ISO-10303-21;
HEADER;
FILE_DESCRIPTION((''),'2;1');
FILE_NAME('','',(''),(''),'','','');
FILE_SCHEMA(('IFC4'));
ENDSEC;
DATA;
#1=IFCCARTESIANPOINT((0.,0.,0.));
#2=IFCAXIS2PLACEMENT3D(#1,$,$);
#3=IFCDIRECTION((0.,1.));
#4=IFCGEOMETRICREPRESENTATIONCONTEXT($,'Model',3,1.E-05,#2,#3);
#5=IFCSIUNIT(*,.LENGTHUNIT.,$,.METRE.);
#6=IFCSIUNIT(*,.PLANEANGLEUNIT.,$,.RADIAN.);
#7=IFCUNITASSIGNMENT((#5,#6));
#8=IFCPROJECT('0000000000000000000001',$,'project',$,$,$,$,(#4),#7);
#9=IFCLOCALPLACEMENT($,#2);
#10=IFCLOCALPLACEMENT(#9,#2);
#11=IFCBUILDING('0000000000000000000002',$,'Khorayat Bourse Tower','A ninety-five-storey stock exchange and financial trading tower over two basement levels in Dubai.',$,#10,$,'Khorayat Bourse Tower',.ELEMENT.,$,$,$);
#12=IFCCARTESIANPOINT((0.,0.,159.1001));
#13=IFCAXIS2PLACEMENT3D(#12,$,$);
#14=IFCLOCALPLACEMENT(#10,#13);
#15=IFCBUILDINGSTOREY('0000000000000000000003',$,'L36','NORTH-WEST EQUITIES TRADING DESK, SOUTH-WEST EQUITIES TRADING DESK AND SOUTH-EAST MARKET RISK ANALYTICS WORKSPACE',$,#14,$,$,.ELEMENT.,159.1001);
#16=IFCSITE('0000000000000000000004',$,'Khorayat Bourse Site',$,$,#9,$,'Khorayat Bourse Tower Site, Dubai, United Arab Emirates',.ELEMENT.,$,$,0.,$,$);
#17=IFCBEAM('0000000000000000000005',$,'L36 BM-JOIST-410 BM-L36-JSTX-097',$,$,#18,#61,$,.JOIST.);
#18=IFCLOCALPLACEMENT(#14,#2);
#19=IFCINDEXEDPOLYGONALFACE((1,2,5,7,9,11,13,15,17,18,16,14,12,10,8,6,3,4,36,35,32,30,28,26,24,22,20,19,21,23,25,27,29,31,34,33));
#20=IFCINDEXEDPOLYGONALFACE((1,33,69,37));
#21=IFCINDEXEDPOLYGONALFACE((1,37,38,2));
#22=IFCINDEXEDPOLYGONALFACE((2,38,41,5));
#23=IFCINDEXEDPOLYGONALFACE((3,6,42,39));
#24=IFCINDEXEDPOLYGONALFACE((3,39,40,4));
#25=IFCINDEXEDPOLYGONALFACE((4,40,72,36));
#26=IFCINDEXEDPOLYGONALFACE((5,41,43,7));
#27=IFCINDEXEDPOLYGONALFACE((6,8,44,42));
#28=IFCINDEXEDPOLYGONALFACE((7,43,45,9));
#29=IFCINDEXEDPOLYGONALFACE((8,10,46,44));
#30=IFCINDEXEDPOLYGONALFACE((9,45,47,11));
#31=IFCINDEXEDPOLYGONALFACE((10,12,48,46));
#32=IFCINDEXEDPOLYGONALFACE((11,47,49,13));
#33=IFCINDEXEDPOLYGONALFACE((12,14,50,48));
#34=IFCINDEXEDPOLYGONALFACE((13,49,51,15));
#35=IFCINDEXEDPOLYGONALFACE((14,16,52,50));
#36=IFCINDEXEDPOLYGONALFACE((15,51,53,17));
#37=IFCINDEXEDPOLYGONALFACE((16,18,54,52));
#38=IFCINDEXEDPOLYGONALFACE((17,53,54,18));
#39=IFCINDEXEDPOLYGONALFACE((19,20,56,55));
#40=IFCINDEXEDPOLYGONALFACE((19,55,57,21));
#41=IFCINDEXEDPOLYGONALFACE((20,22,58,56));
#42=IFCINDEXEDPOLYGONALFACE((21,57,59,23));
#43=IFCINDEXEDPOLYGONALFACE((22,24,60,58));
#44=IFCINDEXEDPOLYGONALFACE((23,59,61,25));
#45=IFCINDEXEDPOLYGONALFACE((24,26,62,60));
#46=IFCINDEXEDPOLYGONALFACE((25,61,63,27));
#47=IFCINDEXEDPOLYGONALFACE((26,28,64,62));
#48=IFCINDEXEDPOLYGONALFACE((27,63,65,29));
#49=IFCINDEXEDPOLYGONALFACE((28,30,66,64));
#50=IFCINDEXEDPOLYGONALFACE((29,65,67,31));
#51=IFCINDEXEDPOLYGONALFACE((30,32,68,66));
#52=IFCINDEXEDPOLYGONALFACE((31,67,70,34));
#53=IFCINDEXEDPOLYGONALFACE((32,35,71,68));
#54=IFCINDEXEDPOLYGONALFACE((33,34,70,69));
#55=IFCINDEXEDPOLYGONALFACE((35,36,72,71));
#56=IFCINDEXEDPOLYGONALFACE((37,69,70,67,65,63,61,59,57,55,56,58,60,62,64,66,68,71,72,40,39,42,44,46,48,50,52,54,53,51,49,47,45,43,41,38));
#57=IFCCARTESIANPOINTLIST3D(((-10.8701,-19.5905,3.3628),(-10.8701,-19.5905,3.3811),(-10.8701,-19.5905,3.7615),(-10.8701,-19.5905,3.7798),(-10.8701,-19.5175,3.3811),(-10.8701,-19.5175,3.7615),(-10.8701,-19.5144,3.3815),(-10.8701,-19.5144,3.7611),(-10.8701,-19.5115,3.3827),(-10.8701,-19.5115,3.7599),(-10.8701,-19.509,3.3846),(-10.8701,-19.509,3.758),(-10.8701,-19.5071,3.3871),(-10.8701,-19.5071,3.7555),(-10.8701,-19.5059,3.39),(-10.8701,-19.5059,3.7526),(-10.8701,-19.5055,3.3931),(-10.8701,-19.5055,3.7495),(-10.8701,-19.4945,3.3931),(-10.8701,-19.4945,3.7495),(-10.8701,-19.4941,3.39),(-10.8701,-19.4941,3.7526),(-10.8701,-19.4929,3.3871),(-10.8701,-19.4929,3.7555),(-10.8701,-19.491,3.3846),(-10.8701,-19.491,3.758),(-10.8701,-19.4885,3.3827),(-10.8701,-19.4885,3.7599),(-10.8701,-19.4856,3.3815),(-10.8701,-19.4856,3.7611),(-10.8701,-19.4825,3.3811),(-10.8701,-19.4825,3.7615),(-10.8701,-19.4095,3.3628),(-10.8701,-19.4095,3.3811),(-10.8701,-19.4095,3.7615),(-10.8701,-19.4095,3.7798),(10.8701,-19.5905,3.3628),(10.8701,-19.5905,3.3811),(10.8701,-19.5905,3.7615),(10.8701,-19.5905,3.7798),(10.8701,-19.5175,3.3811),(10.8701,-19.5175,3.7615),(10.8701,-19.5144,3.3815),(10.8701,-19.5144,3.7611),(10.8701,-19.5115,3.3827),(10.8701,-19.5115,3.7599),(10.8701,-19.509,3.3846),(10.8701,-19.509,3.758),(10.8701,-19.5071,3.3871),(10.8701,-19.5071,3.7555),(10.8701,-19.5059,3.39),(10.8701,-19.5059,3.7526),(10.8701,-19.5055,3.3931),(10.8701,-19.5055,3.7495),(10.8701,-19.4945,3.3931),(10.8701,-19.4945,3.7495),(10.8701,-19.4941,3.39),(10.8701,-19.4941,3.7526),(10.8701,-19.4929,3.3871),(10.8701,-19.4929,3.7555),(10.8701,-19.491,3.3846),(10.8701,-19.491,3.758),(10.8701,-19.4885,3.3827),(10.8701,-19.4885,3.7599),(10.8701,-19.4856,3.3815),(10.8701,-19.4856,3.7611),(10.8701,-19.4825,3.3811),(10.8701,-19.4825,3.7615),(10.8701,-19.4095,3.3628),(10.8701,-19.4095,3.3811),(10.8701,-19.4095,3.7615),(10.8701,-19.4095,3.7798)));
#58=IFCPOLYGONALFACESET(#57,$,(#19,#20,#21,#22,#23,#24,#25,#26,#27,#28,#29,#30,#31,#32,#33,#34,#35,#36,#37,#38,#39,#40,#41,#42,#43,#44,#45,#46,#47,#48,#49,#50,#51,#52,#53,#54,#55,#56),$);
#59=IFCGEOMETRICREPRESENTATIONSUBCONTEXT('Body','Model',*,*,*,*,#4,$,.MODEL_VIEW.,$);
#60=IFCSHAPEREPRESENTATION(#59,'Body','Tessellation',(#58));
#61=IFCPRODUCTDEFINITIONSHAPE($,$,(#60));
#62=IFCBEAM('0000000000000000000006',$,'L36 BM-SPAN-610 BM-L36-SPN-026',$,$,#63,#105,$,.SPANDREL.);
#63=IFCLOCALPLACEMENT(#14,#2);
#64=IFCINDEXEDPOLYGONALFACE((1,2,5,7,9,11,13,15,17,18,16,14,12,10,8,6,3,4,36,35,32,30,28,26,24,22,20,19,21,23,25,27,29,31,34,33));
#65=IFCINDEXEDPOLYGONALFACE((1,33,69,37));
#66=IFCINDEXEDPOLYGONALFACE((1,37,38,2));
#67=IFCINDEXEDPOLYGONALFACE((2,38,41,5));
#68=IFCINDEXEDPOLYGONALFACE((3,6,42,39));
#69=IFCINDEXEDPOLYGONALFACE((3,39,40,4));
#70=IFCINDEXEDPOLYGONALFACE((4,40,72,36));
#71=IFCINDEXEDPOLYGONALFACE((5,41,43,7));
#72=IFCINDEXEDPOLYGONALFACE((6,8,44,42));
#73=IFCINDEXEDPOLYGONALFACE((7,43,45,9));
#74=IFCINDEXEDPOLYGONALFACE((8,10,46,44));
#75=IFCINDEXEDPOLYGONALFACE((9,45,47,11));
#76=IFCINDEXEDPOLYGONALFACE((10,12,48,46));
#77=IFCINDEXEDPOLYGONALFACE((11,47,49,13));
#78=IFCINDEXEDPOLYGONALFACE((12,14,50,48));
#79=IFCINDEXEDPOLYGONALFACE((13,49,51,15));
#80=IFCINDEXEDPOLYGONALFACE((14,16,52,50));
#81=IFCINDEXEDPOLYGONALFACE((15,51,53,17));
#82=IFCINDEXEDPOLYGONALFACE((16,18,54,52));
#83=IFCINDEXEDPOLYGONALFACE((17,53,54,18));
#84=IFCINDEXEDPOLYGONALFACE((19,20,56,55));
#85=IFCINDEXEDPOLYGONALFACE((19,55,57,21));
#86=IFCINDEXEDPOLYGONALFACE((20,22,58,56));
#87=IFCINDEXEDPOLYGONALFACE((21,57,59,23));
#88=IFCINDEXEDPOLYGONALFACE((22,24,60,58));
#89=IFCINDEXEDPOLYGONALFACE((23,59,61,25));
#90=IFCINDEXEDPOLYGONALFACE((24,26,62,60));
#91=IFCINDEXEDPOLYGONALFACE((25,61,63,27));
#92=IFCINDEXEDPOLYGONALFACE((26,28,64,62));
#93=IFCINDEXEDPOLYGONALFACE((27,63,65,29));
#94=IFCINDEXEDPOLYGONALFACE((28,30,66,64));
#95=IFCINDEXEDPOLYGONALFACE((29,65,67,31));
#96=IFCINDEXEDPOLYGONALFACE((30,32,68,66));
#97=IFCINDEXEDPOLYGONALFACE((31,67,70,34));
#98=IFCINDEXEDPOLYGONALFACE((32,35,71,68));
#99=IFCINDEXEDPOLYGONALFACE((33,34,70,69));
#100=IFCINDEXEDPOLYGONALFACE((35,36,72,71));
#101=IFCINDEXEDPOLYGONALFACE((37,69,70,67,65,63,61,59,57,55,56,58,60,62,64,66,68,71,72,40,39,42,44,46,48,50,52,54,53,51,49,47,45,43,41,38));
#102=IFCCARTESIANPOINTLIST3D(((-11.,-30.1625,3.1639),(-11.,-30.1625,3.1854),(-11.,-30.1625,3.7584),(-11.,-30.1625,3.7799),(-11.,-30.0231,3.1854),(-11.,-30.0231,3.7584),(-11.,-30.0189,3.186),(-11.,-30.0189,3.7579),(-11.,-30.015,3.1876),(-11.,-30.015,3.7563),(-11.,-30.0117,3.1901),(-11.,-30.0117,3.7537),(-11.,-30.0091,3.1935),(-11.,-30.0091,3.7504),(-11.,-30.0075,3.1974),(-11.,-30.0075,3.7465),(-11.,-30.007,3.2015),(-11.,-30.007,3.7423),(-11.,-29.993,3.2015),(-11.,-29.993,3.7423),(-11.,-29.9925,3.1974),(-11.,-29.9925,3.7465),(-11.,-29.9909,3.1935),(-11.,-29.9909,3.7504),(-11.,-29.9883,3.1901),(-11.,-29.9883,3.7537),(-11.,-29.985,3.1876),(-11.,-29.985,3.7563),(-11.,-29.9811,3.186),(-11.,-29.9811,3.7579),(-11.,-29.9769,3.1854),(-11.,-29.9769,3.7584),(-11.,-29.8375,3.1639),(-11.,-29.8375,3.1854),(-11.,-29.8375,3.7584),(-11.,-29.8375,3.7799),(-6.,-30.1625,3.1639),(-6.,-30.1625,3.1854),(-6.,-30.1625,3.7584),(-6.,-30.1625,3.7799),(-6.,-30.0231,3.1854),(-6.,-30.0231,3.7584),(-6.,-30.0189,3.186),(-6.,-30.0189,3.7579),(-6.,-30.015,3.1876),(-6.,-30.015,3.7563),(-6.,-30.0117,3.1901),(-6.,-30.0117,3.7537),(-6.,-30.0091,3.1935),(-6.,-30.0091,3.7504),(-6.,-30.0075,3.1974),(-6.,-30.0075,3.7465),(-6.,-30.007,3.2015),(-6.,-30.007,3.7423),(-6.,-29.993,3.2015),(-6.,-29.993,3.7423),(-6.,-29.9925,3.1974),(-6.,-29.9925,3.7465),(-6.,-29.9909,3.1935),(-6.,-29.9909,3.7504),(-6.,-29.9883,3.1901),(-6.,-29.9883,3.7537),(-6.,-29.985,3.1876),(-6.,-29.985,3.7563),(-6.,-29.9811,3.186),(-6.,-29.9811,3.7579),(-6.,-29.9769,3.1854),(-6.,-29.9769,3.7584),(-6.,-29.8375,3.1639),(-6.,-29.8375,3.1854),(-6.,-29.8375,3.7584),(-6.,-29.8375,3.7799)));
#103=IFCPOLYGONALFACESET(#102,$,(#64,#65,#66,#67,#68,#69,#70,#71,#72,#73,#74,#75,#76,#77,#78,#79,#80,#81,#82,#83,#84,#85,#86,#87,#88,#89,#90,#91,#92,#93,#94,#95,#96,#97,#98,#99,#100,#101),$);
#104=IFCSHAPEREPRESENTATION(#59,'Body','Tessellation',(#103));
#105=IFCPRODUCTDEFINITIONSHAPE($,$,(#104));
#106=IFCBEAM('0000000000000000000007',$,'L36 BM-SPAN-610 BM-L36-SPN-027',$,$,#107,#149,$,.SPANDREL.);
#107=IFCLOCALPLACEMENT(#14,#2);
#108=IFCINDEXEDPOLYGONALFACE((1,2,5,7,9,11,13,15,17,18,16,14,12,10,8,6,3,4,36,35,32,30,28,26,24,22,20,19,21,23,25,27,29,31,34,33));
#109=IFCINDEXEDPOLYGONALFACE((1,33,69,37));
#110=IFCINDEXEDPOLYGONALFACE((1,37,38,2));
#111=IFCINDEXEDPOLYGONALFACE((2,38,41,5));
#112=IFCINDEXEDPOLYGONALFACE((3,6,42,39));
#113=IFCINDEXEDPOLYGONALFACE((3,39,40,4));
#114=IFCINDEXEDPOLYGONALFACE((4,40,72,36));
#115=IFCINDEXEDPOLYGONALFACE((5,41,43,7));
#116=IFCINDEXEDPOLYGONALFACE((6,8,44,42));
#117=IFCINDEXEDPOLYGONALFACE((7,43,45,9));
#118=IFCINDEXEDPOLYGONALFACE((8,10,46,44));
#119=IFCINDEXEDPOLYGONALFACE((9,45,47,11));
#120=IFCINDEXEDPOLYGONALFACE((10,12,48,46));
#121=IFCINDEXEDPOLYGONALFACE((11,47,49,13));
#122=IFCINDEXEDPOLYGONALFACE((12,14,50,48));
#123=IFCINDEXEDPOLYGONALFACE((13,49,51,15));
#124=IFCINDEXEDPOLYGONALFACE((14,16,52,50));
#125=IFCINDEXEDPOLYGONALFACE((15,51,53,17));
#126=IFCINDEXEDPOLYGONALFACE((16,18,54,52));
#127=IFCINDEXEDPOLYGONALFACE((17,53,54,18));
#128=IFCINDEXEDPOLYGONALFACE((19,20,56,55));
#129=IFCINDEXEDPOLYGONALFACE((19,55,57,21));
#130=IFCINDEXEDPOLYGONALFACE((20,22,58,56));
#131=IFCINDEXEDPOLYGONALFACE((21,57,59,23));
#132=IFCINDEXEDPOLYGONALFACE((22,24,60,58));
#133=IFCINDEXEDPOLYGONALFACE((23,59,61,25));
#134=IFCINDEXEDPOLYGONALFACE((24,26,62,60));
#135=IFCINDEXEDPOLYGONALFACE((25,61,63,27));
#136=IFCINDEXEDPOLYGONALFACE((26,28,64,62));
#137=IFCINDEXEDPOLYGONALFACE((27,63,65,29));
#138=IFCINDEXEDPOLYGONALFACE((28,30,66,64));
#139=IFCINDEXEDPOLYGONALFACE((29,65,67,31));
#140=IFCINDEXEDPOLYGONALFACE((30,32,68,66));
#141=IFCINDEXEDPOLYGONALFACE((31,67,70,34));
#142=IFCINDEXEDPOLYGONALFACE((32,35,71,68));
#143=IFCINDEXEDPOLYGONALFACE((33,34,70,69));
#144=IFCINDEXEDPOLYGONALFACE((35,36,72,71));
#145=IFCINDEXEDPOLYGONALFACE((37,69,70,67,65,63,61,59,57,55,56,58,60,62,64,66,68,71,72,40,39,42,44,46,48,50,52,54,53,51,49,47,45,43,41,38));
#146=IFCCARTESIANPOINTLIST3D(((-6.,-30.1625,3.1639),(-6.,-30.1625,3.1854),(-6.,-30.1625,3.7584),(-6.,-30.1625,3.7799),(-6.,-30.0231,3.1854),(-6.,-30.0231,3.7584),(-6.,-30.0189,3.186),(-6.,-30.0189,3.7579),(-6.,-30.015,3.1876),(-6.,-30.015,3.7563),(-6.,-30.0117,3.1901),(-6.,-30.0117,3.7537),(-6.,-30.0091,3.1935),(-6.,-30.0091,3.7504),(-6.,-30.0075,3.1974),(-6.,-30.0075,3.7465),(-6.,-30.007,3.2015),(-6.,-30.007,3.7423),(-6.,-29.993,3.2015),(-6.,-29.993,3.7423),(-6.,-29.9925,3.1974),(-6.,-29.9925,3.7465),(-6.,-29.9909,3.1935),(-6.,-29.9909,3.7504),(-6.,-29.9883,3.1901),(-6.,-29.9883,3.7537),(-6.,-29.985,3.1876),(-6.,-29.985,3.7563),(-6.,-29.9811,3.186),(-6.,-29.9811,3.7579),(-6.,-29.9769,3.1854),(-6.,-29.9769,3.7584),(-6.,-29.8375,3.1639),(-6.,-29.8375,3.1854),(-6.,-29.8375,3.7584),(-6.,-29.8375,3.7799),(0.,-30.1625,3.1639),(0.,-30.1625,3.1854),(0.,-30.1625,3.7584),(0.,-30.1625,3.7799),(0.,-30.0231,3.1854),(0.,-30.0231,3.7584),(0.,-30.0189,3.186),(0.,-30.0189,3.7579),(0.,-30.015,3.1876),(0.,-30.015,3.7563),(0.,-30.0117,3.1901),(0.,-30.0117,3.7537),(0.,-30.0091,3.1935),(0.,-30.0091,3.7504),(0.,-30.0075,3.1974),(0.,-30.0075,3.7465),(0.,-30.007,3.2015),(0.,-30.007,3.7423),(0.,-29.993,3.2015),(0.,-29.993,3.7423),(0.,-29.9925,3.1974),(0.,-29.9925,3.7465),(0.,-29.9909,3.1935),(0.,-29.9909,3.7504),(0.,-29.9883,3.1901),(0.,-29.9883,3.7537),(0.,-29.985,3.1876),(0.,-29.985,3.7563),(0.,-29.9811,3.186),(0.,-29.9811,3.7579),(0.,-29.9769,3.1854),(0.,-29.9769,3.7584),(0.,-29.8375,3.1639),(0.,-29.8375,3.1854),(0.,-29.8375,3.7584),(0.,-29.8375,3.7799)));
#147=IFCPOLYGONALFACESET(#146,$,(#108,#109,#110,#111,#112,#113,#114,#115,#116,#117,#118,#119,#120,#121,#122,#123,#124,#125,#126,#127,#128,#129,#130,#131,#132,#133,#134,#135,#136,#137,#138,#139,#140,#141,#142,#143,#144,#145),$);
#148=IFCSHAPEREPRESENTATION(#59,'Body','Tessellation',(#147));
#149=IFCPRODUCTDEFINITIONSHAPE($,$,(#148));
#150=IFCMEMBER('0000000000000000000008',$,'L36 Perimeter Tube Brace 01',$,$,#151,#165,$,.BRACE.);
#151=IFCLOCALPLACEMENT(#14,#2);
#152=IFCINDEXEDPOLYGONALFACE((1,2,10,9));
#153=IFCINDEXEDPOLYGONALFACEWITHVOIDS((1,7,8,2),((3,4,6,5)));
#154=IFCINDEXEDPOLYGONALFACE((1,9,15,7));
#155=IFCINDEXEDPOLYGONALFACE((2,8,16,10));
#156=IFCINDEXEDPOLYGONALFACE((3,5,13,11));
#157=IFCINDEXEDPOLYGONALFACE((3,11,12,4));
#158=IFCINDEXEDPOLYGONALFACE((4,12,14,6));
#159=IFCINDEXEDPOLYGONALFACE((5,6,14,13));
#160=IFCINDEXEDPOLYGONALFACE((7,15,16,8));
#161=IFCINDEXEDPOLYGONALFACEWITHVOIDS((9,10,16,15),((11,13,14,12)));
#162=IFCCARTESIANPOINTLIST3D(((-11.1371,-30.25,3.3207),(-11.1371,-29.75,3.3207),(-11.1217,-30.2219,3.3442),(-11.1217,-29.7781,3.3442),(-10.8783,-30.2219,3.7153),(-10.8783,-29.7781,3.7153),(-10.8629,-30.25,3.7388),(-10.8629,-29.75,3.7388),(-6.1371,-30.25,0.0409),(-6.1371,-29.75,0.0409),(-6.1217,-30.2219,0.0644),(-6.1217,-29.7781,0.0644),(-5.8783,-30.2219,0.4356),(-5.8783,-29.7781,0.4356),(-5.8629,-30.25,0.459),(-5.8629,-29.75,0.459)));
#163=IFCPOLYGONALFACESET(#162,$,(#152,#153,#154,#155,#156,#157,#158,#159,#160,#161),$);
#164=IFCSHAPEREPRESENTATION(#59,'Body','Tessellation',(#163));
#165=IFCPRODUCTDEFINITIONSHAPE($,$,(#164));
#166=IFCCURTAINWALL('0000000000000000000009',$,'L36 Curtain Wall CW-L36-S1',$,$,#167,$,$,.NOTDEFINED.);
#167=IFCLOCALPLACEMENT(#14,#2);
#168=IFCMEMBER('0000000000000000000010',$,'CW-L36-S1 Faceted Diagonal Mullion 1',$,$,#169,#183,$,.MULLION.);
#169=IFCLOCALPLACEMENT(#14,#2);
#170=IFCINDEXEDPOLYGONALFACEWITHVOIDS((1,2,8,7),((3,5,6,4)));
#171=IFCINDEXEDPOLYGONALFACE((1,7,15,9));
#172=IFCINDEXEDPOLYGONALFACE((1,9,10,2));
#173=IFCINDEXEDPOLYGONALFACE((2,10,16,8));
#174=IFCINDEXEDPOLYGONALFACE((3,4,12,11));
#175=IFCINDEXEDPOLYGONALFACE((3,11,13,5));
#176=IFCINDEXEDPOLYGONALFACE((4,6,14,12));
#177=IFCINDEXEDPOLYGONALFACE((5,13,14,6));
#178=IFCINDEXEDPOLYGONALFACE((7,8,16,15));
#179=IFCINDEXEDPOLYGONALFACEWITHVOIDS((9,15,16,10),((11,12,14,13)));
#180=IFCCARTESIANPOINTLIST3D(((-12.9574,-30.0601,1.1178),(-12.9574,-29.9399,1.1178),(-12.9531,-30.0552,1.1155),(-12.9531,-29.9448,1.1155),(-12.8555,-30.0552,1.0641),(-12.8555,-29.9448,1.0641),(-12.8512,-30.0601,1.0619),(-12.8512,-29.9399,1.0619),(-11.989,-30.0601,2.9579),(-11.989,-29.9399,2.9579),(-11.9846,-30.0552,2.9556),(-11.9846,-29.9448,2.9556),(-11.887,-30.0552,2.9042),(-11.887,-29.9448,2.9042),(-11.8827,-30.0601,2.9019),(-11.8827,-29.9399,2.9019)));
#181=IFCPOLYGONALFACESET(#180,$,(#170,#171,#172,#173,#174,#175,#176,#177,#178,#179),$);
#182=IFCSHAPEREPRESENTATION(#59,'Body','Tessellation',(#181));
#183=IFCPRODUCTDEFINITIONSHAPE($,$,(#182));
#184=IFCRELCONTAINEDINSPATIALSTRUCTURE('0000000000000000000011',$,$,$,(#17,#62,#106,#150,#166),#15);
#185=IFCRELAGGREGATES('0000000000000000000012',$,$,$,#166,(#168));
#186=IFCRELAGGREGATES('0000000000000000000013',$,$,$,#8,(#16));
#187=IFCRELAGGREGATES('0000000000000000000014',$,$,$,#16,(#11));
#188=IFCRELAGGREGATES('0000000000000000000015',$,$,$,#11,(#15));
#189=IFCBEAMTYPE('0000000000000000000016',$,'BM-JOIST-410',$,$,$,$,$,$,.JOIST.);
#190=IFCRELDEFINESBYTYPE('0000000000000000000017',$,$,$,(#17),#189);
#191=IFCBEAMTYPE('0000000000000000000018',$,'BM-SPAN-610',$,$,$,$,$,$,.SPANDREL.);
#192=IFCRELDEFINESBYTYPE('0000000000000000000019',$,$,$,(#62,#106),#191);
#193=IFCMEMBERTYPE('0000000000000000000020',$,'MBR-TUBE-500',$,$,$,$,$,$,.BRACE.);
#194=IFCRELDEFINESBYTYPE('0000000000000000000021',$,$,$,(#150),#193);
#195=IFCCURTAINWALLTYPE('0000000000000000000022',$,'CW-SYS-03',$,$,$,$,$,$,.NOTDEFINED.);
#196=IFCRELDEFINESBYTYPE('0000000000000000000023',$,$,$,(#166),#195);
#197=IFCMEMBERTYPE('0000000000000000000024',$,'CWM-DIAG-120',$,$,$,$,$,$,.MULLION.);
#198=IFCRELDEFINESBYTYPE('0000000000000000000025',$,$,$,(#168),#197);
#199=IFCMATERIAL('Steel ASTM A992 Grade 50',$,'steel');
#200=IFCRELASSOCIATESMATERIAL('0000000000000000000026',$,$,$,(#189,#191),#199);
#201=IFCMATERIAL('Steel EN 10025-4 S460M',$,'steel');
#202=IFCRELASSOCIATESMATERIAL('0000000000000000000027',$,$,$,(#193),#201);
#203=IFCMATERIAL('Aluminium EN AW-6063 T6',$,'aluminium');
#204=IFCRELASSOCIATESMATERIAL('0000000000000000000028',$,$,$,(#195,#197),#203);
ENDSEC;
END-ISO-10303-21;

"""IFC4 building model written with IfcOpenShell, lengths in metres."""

from ifc_helpers import new_model, si_unit, direction, frame, origin, origin_2d, place, context, subcontext, project, spatial, hollow_rectangle, i_section, extrude, source, transform, mapped, material, material_profile, profile_set, type_object, element, aggregate, save


model = new_model("IFC4")

# Units and contexts
model_context = context("Model", 3, precision=1e-05, world=origin(), true_north=direction((0.0, 1.0)))
body_context = subcontext(model_context, "Body", "Model", "MODEL_VIEW")
ifc_project = project(units=[si_unit("LENGTHUNIT", "METRE"), si_unit("PLANEANGLEUNIT", "RADIAN")], contexts=[model_context])

# Site, building, storey
site_placement = place(None, origin())
site = spatial("IfcSite", under=ifc_project, at=site_placement, Name="Khorayat Bourse Site", LongName="Khorayat Bourse Tower Site, Dubai, United Arab Emirates", CompositionType="ELEMENT", RefElevation=0.0)
building_placement = place(site_placement, origin())
building = spatial("IfcBuilding", under=site, at=building_placement, Name="Khorayat Bourse Tower", Description="A ninety-five-storey stock exchange and financial trading tower over two basement levels in Dubai.", LongName="Khorayat Bourse Tower", CompositionType="ELEMENT")
storey_placement = place(building_placement, frame((0.0, 0.0, 159.1001)))
storey = spatial("IfcBuildingStorey", under=building, at=storey_placement, Name="L36", Description="NORTH-WEST EQUITIES TRADING DESK, SOUTH-WEST EQUITIES TRADING DESK AND SOUTH-EAST MARKET RISK ANALYTICS WORKSPACE", CompositionType="ELEMENT", Elevation=159.1001)

# Shared definitions
ifc_material_1 = material(Name="Steel EN 10025-4 S460M", Category="steel")

# Beams
ifc_material_2 = material(Name="Steel ASTM A992 Grade 50", Category="steel")
ifc_material_profile_1 = material_profile(ifc_material_2, i_section(OverallWidth=0.1809, OverallDepth=0.417, WebThickness=0.011, FlangeThickness=0.0183, FilletRadius=0.012, at=origin_2d()), Name="W410X85")
ifc_profile_set_1 = profile_set([ifc_material_profile_1], Name="Steel ASTM A992 Grade 50")
beam_type_1 = type_object("IfcBeamType", Name="BM-JOIST-410", PredefinedType="JOIST", material=ifc_profile_set_1)
shared_shape_1 = source(origin(), body_context, "Body", "SweptSolid", [
    extrude(i_section(OverallWidth=0.1809, OverallDepth=0.417, WebThickness=0.011, FlangeThickness=0.0183, FilletRadius=0.012, at=origin_2d()), origin(), (0.0, 0.0, 1.0), 21.7402),
])
beam_1_placement = place(storey_placement, frame((-10.8701, -19.5, 3.5713), z_axis=(1.0, 0.0, 0.0), x_axis=(0.0, 1.0, 0.0)))
element("IfcBeam", 1, at=beam_1_placement, inside=storey, type_object=beam_type_1, Name="L36 BM-JOIST-410 BM-L36-JSTX-097", PredefinedType="JOIST", context=body_context, shape_type="MappedRepresentation", body=[
    mapped(shared_shape_1, transform((0.0, 0.0, 0.0), scale=1.0)),
])
ifc_material_profile_2 = material_profile(ifc_material_2, i_section(OverallWidth=0.325, OverallDepth=0.616, WebThickness=0.0139, FlangeThickness=0.0215, FilletRadius=0.0161, at=origin_2d()), Name="W610X174")
ifc_profile_set_2 = profile_set([ifc_material_profile_2], Name="Steel ASTM A992 Grade 50")
beam_type_2 = type_object("IfcBeamType", Name="BM-SPAN-610", PredefinedType="SPANDREL", material=ifc_profile_set_2)
shared_shape_2 = source(origin(), body_context, "Body", "SweptSolid", [
    extrude(i_section(OverallWidth=0.325, OverallDepth=0.616, WebThickness=0.0139, FlangeThickness=0.0215, FilletRadius=0.0161, at=origin_2d()), origin(), (0.0, 0.0, 1.0), 5.0),
])
beam_2_placement = place(storey_placement, frame((-11.0, -30.0, 3.4719), z_axis=(1.0, 0.0, 0.0), x_axis=(0.0, 1.0, 0.0)))
element("IfcBeam", 2, at=beam_2_placement, inside=storey, type_object=beam_type_2, Name="L36 BM-SPAN-610 BM-L36-SPN-026", PredefinedType="SPANDREL", context=body_context, shape_type="MappedRepresentation", body=[
    mapped(shared_shape_2, transform((0.0, 0.0, 0.0), scale=1.0)),
])
shared_shape_3 = source(origin(), body_context, "Body", "SweptSolid", [
    extrude(i_section(OverallWidth=0.325, OverallDepth=0.616, WebThickness=0.0139, FlangeThickness=0.0215, FilletRadius=0.0161, at=origin_2d()), origin(), (0.0, 0.0, 1.0), 6.0),
])
beam_3_placement = place(storey_placement, frame((-6.0, -30.0, 3.4719), z_axis=(1.0, 0.0, 0.0), x_axis=(0.0, 1.0, 0.0)))
element("IfcBeam", 3, at=beam_3_placement, inside=storey, type_object=beam_type_2, Name="L36 BM-SPAN-610 BM-L36-SPN-027", PredefinedType="SPANDREL", context=body_context, shape_type="MappedRepresentation", body=[
    mapped(shared_shape_3, transform((0.0, 0.0, 0.0), scale=1.0)),
])

# Member
ifc_material_profile_3 = material_profile(ifc_material_1, hollow_rectangle(XDim=0.5, YDim=0.5, WallThickness=0.0281, at=origin_2d()), Name="HSS 500x500x28")
ifc_profile_set_3 = profile_set([ifc_material_profile_3], Name="Steel EN 10025-4 S460M")
member_type_1 = type_object("IfcMemberType", Name="MBR-TUBE-500", PredefinedType="BRACE", material=ifc_profile_set_3)
shared_shape_4 = source(origin(), body_context, "Body", "SweptSolid", [
    extrude(hollow_rectangle(XDim=0.5, YDim=0.5, WallThickness=0.0281, at=origin_2d()), origin(), (0.0, 0.0, 1.0), 5.9797),
])
member_1_placement = place(storey_placement, frame((-11.0, -30.0, 3.5298), z_axis=(0.83616, 0.0, -0.548485), x_axis=(0.0, 1.0, 0.0)))
element("IfcMember", 4, at=member_1_placement, inside=storey, type_object=member_type_1, Name="L36 Perimeter Tube Brace 01", PredefinedType="BRACE", context=body_context, shape_type="MappedRepresentation", body=[
    mapped(shared_shape_4, transform((0.0, 0.0, 0.0), scale=1.0)),
])

# Curtain wall, member
ifc_material_3 = material(Name="Aluminium EN AW-6063 T6", Category="aluminium")
curtain_wall_type = type_object("IfcCurtainWallType", Name="CW-SYS-03", PredefinedType="NOTDEFINED", material=ifc_material_3)
curtain_wall_placement = place(storey_placement, origin())
curtain_wall = element("IfcCurtainWall", 5, at=curtain_wall_placement, inside=storey, type_object=curtain_wall_type, Name="L36 Curtain Wall CW-L36-S1", PredefinedType="NOTDEFINED")
ifc_material_profile_4 = material_profile(ifc_material_3, hollow_rectangle(XDim=0.1201, YDim=0.1201, WallThickness=0.0049, at=origin_2d()), Name="ALU 120x120x5")
ifc_profile_set_4 = profile_set([ifc_material_profile_4], Name="Aluminium EN AW-6063 T6")
member_type_2 = type_object("IfcMemberType", Name="CWM-DIAG-120", PredefinedType="MULLION", material=ifc_profile_set_4)
shared_shape_5 = source(origin(), body_context, "Body", "SweptSolid", [
    extrude(hollow_rectangle(XDim=0.1201, YDim=0.1201, WallThickness=0.0049, at=origin_2d()), origin(), (0.0, 0.0, 1.0), 2.0793),
])
member_2_placement = place(storey_placement, frame((-12.9043, -30.0, 1.0898), z_axis=(0.465761, 0.0, 0.884911), x_axis=(0.0, 1.0, 0.0)))
member_2 = element("IfcMember", 6, at=member_2_placement, type_object=member_type_2, Name="CW-L36-S1 Faceted Diagonal Mullion 1", PredefinedType="MULLION", context=body_context, shape_type="MappedRepresentation", body=[
    mapped(shared_shape_5, transform((0.0, 0.0, 0.0), scale=1.0)),
])

aggregate(curtain_wall, [member_2])

save(model, "model.ifc")
